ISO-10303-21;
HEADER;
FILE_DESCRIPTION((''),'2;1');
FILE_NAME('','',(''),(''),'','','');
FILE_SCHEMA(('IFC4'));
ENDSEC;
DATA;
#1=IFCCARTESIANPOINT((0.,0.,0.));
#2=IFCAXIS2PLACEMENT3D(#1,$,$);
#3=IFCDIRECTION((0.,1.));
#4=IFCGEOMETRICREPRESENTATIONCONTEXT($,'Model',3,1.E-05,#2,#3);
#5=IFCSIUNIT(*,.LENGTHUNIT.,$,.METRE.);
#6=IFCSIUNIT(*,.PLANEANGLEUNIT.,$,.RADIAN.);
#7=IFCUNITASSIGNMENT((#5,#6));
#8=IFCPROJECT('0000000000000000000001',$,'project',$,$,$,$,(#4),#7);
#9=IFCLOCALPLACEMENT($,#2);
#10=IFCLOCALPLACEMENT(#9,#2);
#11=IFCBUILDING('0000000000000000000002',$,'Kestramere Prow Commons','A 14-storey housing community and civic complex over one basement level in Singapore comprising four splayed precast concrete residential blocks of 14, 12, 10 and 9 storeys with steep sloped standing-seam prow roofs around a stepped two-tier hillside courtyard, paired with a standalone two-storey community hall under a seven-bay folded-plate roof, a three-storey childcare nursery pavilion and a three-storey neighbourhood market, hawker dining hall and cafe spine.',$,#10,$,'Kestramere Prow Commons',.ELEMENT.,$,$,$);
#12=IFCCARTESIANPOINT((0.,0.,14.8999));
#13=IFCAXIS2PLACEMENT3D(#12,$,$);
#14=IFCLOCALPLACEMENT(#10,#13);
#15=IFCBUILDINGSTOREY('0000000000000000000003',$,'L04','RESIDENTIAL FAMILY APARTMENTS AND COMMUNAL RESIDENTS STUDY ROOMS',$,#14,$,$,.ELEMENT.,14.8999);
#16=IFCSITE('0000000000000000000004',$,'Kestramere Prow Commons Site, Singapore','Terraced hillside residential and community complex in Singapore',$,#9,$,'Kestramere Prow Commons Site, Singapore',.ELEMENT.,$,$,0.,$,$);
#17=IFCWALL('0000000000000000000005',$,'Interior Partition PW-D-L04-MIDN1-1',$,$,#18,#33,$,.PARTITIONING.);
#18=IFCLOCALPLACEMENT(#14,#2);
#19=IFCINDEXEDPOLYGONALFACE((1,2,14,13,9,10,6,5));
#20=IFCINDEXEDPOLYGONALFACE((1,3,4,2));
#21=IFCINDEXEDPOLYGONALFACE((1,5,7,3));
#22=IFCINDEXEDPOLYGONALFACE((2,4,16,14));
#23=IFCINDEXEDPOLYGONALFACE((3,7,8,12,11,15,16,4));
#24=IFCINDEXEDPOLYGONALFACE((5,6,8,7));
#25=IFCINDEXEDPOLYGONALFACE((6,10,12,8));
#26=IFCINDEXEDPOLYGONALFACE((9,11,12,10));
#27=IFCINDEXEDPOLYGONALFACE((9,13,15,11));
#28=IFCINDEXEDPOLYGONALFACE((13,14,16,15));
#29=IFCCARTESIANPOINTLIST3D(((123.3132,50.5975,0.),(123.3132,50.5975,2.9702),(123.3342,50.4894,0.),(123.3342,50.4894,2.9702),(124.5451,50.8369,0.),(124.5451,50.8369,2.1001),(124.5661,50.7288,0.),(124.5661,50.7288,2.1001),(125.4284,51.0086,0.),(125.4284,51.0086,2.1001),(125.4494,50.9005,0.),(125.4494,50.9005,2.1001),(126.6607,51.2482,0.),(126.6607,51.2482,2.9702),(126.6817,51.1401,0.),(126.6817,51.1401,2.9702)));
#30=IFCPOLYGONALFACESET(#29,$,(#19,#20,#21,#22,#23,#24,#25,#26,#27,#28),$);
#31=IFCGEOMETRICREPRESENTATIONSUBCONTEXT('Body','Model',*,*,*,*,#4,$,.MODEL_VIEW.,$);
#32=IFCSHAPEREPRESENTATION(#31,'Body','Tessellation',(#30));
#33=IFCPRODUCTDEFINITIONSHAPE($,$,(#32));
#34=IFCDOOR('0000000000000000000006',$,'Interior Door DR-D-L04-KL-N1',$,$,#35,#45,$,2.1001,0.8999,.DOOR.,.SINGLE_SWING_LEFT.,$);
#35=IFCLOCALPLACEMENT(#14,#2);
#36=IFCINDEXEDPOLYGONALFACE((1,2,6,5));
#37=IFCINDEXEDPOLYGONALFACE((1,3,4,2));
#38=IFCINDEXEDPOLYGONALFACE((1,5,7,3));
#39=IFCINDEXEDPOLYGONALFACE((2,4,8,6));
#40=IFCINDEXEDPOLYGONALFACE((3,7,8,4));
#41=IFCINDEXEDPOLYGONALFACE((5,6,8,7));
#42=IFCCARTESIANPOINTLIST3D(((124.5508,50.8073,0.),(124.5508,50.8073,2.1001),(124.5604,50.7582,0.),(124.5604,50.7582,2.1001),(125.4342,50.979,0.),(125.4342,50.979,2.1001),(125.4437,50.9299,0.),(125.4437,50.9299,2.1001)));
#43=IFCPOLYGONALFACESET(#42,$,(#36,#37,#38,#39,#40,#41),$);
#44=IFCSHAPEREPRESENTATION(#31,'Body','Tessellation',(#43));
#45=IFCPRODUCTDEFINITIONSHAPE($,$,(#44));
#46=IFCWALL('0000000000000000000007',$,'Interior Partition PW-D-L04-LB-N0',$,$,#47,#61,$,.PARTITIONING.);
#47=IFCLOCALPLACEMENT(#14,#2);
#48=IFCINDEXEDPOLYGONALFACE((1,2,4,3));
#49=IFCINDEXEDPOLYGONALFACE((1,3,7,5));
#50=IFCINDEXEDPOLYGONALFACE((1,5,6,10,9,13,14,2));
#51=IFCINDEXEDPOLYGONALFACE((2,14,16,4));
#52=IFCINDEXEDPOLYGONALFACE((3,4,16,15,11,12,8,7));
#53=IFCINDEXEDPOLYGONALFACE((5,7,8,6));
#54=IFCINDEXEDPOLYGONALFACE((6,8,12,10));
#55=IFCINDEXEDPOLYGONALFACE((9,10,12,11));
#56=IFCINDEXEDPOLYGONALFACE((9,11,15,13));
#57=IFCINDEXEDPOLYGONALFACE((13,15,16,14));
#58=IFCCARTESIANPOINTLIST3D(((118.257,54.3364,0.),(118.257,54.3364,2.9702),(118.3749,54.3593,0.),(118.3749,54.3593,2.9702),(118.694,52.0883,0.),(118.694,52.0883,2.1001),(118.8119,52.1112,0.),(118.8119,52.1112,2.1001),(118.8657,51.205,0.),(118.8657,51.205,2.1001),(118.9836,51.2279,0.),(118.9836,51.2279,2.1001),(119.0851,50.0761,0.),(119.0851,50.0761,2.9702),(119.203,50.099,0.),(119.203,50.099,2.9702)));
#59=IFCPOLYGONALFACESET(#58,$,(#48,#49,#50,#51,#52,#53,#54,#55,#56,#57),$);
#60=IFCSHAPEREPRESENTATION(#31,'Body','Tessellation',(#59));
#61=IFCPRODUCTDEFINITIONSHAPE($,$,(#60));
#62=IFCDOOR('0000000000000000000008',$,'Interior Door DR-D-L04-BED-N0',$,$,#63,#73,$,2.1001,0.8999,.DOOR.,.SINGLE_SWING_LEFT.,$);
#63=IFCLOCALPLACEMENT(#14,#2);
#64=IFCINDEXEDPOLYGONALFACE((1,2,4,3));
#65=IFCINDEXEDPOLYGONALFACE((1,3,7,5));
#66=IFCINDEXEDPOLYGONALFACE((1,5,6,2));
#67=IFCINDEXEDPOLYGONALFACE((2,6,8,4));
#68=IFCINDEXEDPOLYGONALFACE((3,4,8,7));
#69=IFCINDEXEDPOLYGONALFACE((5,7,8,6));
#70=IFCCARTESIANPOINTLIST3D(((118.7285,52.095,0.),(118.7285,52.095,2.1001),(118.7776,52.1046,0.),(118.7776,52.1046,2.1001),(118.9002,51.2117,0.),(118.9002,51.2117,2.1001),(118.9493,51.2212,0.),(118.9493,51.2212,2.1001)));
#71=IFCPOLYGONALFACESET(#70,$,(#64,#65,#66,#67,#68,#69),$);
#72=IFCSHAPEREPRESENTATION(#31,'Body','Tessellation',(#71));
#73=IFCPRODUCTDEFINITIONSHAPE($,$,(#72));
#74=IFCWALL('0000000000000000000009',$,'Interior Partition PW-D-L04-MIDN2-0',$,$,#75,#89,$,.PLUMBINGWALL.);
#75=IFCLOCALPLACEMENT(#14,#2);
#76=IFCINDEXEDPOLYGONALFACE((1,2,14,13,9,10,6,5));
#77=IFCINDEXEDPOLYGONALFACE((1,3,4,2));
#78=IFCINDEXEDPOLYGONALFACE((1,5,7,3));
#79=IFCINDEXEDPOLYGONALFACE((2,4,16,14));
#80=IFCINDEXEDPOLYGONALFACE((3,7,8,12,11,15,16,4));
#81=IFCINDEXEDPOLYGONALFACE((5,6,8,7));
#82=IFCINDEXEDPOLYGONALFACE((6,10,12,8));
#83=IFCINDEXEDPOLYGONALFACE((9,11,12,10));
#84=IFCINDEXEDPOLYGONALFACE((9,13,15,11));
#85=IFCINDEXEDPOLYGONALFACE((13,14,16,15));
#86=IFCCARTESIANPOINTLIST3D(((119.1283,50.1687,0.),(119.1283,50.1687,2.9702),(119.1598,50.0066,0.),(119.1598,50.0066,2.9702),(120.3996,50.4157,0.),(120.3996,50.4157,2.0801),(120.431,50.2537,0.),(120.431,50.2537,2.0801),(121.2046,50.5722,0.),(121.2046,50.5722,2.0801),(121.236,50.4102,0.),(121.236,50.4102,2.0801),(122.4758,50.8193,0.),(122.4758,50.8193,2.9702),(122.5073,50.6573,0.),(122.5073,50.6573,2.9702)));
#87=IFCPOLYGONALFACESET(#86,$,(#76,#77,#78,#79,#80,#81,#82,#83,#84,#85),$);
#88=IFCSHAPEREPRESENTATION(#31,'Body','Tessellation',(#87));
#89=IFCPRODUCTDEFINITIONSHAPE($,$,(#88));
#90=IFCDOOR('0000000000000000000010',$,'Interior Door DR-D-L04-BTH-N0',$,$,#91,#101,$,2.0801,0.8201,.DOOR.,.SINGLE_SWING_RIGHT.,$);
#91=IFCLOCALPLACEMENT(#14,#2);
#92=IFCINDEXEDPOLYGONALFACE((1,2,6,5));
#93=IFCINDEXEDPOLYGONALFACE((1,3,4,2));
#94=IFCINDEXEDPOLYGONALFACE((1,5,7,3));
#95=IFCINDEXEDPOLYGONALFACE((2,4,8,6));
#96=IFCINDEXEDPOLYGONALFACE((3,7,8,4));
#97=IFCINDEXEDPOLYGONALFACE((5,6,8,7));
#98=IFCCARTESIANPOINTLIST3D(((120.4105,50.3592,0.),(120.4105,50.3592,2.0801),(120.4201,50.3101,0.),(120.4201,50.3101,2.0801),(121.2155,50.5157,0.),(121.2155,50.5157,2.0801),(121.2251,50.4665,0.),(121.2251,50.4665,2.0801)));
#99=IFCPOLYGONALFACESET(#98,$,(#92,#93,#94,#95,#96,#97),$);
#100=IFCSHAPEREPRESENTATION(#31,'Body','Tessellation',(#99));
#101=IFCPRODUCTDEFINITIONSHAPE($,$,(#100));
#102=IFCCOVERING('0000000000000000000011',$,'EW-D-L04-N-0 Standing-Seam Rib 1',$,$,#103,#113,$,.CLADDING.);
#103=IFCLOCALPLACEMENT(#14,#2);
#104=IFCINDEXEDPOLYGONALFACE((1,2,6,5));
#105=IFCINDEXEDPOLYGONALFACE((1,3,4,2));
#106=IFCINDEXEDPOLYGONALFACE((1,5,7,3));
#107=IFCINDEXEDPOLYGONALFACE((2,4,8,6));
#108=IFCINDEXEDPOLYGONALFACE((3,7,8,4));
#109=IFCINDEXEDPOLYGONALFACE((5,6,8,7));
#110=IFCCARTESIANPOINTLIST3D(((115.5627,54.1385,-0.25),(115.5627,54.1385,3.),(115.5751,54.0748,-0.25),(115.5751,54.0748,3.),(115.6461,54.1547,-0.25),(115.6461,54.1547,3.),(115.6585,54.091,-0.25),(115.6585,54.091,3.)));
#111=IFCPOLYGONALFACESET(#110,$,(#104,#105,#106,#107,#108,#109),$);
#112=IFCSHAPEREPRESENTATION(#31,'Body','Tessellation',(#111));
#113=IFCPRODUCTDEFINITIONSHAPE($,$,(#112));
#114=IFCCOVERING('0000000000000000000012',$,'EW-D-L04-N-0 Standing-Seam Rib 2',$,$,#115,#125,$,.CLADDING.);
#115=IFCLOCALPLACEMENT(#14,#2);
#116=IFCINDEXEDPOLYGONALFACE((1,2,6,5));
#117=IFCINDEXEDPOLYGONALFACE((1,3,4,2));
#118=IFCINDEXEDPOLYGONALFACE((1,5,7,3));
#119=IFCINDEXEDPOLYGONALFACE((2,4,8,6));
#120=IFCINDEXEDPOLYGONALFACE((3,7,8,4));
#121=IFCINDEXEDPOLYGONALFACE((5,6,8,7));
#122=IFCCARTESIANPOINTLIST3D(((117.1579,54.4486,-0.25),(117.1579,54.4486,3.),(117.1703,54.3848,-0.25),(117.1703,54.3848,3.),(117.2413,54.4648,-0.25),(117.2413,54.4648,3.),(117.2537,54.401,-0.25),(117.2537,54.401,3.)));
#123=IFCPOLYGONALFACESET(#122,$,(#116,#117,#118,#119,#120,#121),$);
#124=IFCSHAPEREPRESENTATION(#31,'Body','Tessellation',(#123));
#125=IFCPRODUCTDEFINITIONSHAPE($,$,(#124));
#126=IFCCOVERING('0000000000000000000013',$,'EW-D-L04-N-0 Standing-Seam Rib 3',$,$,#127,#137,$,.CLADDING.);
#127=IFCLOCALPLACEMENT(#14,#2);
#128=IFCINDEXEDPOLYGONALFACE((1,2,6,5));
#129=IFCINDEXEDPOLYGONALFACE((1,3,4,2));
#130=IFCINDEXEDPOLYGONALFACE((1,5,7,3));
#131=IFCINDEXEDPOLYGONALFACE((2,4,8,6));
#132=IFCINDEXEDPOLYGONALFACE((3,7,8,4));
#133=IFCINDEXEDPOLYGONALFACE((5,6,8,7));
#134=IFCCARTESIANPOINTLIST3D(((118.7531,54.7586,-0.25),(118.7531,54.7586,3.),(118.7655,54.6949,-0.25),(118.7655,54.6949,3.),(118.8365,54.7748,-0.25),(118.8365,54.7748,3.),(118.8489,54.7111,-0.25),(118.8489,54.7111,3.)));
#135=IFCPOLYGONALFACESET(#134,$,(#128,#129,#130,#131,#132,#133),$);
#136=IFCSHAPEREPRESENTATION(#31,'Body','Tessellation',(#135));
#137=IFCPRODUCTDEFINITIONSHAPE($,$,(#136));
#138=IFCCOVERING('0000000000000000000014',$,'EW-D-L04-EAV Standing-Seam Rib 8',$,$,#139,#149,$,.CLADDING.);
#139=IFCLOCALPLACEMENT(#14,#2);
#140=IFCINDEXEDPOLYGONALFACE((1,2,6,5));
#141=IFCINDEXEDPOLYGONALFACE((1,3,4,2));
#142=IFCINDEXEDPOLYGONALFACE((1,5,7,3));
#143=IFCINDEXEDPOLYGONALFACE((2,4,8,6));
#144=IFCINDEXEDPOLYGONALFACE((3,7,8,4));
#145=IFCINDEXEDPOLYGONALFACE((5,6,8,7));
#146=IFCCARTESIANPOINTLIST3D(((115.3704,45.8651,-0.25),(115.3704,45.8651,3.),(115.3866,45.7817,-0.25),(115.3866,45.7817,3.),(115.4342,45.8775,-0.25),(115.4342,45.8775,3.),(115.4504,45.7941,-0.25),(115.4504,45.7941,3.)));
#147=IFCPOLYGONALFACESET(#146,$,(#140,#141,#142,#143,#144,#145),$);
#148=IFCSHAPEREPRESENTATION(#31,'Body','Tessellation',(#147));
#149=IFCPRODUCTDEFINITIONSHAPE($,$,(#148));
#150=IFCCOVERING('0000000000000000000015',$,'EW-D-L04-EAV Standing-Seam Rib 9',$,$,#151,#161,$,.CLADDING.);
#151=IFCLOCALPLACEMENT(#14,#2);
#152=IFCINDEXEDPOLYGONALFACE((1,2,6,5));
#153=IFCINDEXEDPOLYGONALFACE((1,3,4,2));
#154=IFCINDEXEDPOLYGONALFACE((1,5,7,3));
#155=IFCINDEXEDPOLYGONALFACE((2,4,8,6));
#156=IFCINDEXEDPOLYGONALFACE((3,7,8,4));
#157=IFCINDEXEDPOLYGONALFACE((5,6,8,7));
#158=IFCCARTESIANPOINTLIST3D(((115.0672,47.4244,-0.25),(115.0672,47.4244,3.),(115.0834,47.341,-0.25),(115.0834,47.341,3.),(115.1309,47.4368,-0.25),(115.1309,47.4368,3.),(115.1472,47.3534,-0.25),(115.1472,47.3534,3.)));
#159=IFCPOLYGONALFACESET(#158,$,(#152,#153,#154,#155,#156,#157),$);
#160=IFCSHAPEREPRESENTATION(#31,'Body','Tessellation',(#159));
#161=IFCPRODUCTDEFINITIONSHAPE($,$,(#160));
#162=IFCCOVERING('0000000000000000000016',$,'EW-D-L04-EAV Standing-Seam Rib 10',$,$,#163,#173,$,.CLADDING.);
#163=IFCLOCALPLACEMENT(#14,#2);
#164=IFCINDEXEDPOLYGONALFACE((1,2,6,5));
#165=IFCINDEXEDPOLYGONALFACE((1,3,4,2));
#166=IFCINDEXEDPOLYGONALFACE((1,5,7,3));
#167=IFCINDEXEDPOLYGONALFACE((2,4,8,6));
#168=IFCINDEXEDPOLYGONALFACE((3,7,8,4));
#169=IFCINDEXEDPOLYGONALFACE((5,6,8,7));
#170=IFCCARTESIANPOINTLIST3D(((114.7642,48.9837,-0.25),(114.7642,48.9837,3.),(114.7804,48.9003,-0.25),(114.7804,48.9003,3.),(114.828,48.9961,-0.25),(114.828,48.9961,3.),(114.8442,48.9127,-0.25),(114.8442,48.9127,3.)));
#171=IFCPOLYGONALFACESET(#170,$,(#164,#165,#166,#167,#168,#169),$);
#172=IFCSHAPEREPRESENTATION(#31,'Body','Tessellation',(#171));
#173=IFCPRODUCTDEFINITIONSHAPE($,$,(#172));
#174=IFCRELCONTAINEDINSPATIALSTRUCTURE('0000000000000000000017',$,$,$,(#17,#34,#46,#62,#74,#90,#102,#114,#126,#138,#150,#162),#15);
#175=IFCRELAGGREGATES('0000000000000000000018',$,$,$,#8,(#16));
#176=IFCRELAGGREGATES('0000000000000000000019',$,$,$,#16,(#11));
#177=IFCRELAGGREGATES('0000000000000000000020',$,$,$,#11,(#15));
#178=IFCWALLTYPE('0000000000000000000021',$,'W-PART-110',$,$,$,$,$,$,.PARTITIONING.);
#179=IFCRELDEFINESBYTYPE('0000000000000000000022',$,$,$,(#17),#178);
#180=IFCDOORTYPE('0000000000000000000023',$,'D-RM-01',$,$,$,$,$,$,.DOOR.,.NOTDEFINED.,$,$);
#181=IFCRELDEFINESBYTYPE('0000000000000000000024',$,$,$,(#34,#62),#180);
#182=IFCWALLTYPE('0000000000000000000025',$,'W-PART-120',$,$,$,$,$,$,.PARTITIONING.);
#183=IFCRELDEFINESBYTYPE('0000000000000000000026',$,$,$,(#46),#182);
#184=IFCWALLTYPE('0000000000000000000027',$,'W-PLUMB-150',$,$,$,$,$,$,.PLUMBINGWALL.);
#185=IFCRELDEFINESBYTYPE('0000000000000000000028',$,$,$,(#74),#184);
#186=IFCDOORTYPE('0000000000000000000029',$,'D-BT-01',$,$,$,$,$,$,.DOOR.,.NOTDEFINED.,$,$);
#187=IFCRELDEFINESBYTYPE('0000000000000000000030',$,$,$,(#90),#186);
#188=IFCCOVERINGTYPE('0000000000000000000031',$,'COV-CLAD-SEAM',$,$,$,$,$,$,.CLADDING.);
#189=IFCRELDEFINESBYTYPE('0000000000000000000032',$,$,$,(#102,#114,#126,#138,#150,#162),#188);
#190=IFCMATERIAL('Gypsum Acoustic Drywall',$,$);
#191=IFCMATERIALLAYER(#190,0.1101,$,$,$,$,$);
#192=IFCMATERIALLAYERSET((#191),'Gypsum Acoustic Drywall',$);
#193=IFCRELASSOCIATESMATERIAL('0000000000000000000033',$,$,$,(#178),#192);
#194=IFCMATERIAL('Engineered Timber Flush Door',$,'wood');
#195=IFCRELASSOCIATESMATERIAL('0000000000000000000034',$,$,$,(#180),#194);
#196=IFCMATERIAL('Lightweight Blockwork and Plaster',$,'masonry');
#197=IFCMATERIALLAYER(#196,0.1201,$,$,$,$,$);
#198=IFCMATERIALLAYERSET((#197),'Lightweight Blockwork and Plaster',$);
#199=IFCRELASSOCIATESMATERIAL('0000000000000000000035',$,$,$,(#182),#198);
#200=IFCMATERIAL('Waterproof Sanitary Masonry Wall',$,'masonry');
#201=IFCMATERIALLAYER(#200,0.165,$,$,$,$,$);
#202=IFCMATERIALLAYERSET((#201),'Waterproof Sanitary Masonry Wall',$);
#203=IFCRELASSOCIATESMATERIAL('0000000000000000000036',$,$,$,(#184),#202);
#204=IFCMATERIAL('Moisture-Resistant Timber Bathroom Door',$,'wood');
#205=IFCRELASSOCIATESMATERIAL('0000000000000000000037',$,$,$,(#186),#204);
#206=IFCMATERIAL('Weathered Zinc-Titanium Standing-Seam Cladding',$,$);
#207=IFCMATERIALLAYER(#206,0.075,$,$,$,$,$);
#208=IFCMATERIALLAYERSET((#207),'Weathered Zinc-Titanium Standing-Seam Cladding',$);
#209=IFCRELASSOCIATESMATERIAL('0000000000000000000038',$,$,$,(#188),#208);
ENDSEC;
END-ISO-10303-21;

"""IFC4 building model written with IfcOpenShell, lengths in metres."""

from ifc_helpers import new_model, si_unit, direction, frame, frame_2d, origin, origin_2d, place, context, subcontext, project, spatial, rectangle, extrude, material, layer, layer_set, type_object, element, fill, save


model = new_model("IFC4")

# Units and contexts
model_context = context("Model", 3, precision=1e-05, world=origin(), true_north=direction((0.0, 1.0)))
body_context = subcontext(model_context, "Body", "Model", "MODEL_VIEW")
ifc_project = project(units=[si_unit("LENGTHUNIT", "METRE"), si_unit("PLANEANGLEUNIT", "RADIAN")], contexts=[model_context])

# Site, building, storey
site_placement = place(None, origin())
site = spatial("IfcSite", under=ifc_project, at=site_placement, Name="Kestramere Prow Commons Site, Singapore", Description="Terraced hillside residential and community complex in Singapore", LongName="Kestramere Prow Commons Site, Singapore", CompositionType="ELEMENT", RefElevation=0.0)
building_placement = place(site_placement, origin())
building = spatial("IfcBuilding", under=site, at=building_placement, Name="Kestramere Prow Commons", Description="A 14-storey housing community and civic complex over one basement level in Singapore comprising four splayed precast concrete residential blocks of 14, 12, 10 and 9 storeys with steep sloped standing-seam prow roofs around a stepped two-tier hillside courtyard, paired with a standalone two-storey community hall under a seven-bay folded-plate roof, a three-storey childcare nursery pavilion and a three-storey neighbourhood market, hawker dining hall and cafe spine.", LongName="Kestramere Prow Commons", CompositionType="ELEMENT")
storey_placement = place(building_placement, frame((0.0, 0.0, 14.8999)))
storey = spatial("IfcBuildingStorey", under=building, at=storey_placement, Name="L04", Description="RESIDENTIAL FAMILY APARTMENTS AND COMMUNAL RESIDENTS STUDY ROOMS", CompositionType="ELEMENT", Elevation=14.8999)

# Walls, openings, doors
ifc_material_1 = material(Name="Gypsum Acoustic Drywall")
ifc_layer_1 = layer(ifc_material_1, 0.1101)
ifc_layer_set_1 = layer_set([ifc_layer_1], Name="Gypsum Acoustic Drywall")
wall_type_1 = type_object("IfcWallType", Name="W-PART-110", PredefinedType="PARTITIONING", material=ifc_layer_set_1)
wall_1_placement = place(storey_placement, frame((123.3237, 50.5435, 0.0), z_axis=(0.0, 0.0, 1.0), x_axis=(0.981629, 0.190799, 0.0)))
wall_1 = element("IfcWall", 1, at=wall_1_placement, inside=storey, type_object=wall_type_1, Name="Interior Partition PW-D-L04-MIDN1-1", PredefinedType="PARTITIONING", context=body_context, shape_type="SweptSolid", body=[
    extrude(rectangle(XDim=3.4102, YDim=0.1101, at=frame_2d((1.7051, 0.0))), origin(), (0.0, 0.0, 1.0), 2.9702),
])
opening_1_placement = place(wall_1_placement, frame((1.2549, 0.0, 0.0)))
opening_1 = element("IfcOpeningElement", 2, at=opening_1_placement, cuts=wall_1, PredefinedType="OPENING", context=body_context, shape_type="SweptSolid", body=[
    extrude(rectangle(XDim=0.8999, YDim=2.1001, at=frame_2d((0.45, 1.05))), frame((0.0, 0.0701, 0.0), z_axis=(0.0, -1.0, 0.0), x_axis=(1.0, 0.0, 0.0)), (0.0, 0.0, 1.0), 0.1401),
])
ifc_material_2 = material(Name="Engineered Timber Flush Door", Category="wood")
door_type_1 = type_object("IfcDoorType", Name="D-RM-01", OperationType="NOTDEFINED", PredefinedType="DOOR", material=ifc_material_2)
door_1_placement = place(opening_1_placement, origin())
door_1 = element("IfcDoor", 3, at=door_1_placement, inside=storey, type_object=door_type_1, Name="Interior Door DR-D-L04-KL-N1", OperationType="SINGLE_SWING_LEFT", OverallHeight=2.1001, OverallWidth=0.8999, PredefinedType="DOOR", context=body_context, shape_type="SweptSolid", body=[
    extrude(rectangle(XDim=0.8999, YDim=2.1001, at=frame_2d((0.45, 1.05))), frame((0.0, 0.0249, 0.0), z_axis=(0.0, -1.0, 0.0), x_axis=(1.0, 0.0, 0.0)), (0.0, 0.0, 1.0), 0.05),
])
fill(opening_1, door_1)
ifc_material_3 = material(Name="Lightweight Blockwork and Plaster", Category="masonry")
ifc_layer_2 = layer(ifc_material_3, 0.1201)
ifc_layer_set_2 = layer_set([ifc_layer_2], Name="Lightweight Blockwork and Plaster")
wall_type_2 = type_object("IfcWallType", Name="W-PART-120", PredefinedType="PARTITIONING", material=ifc_layer_set_2)
wall_2_placement = place(storey_placement, frame((119.144, 50.0876, 0.0), z_axis=(0.0, 0.0, 1.0), x_axis=(-0.190812, 0.981627, 0.0)))
wall_2 = element("IfcWall", 4, at=wall_2_placement, inside=storey, type_object=wall_type_2, Name="Interior Partition PW-D-L04-LB-N0", PredefinedType="PARTITIONING", context=body_context, shape_type="SweptSolid", body=[
    extrude(rectangle(XDim=4.3401, YDim=0.1201, at=frame_2d((2.1699, 0.0))), origin(), (0.0, 0.0, 1.0), 2.9702),
])
opening_2_placement = place(wall_2_placement, frame((1.1499, 0.0, 0.0)))
opening_2 = element("IfcOpeningElement", 5, at=opening_2_placement, cuts=wall_2, PredefinedType="OPENING", context=body_context, shape_type="SweptSolid", body=[
    extrude(rectangle(XDim=0.8999, YDim=2.1001, at=frame_2d((0.45, 1.05))), frame((0.0, 0.075, 0.0), z_axis=(0.0, -1.0, 0.0), x_axis=(1.0, 0.0, 0.0)), (0.0, 0.0, 1.0), 0.1501),
])
door_2_placement = place(opening_2_placement, origin())
door_2 = element("IfcDoor", 6, at=door_2_placement, inside=storey, type_object=door_type_1, Name="Interior Door DR-D-L04-BED-N0", OperationType="SINGLE_SWING_LEFT", OverallHeight=2.1001, OverallWidth=0.8999, PredefinedType="DOOR", context=body_context, shape_type="SweptSolid", body=[
    extrude(rectangle(XDim=0.8999, YDim=2.1001, at=frame_2d((0.45, 1.05))), frame((0.0, 0.0249, 0.0), z_axis=(0.0, -1.0, 0.0), x_axis=(1.0, 0.0, 0.0)), (0.0, 0.0, 1.0), 0.05),
])
fill(opening_2, door_2)
ifc_material_4 = material(Name="Waterproof Sanitary Masonry Wall", Category="masonry")
ifc_layer_3 = layer(ifc_material_4, 0.165)
ifc_layer_set_3 = layer_set([ifc_layer_3], Name="Waterproof Sanitary Masonry Wall")
wall_type_3 = type_object("IfcWallType", Name="W-PLUMB-150", PredefinedType="PLUMBINGWALL", material=ifc_layer_set_3)
wall_3_placement = place(storey_placement, frame((119.144, 50.0876, 0.0), z_axis=(0.0, 0.0, 1.0), x_axis=(0.981629, 0.190799, 0.0)))
wall_3 = element("IfcWall", 7, at=wall_3_placement, inside=storey, type_object=wall_type_3, Name="Interior Partition PW-D-L04-MIDN2-0", PredefinedType="PLUMBINGWALL", context=body_context, shape_type="SweptSolid", body=[
    extrude(rectangle(XDim=3.4102, YDim=0.165, at=frame_2d((1.7051, 0.0))), origin(), (0.0, 0.0, 1.0), 2.9702),
])
opening_3_placement = place(wall_3_placement, frame((1.2949, 0.0, 0.0)))
opening_3 = element("IfcOpeningElement", 8, at=opening_3_placement, cuts=wall_3, PredefinedType="OPENING", context=body_context, shape_type="SweptSolid", body=[
    extrude(rectangle(XDim=0.8201, YDim=2.0801, at=frame_2d((0.4102, 1.04))), frame((0.0, 0.0974, 0.0), z_axis=(0.0, -1.0, 0.0), x_axis=(1.0, 0.0, 0.0)), (0.0, 0.0, 1.0), 0.1951),
])
ifc_material_5 = material(Name="Moisture-Resistant Timber Bathroom Door", Category="wood")
door_type_2 = type_object("IfcDoorType", Name="D-BT-01", OperationType="NOTDEFINED", PredefinedType="DOOR", material=ifc_material_5)
door_3_placement = place(opening_3_placement, origin())
door_3 = element("IfcDoor", 9, at=door_3_placement, inside=storey, type_object=door_type_2, Name="Interior Door DR-D-L04-BTH-N0", OperationType="SINGLE_SWING_RIGHT", OverallHeight=2.0801, OverallWidth=0.8201, PredefinedType="DOOR", context=body_context, shape_type="SweptSolid", body=[
    extrude(rectangle(XDim=0.8201, YDim=2.0801, at=frame_2d((0.4102, 1.04))), frame((0.0, 0.0249, 0.0), z_axis=(0.0, -1.0, 0.0), x_axis=(1.0, 0.0, 0.0)), (0.0, 0.0, 1.0), 0.05),
])
fill(opening_3, door_3)

# Coverings
ifc_material_6 = material(Name="Weathered Zinc-Titanium Standing-Seam Cladding")
ifc_layer_4 = layer(ifc_material_6, 0.075)
ifc_layer_set_4 = layer_set([ifc_layer_4], Name="Weathered Zinc-Titanium Standing-Seam Cladding")
covering_type = type_object("IfcCoveringType", Name="COV-CLAD-SEAM", PredefinedType="CLADDING", material=ifc_layer_set_4)
for number, where, z_axis, x_axis, name in (
    (10, (115.6106, 54.1147, -0.25), (0.0, 0.0, 1.0), (0.981627, 0.190809, 0.0), "EW-D-L04-N-0 Standing-Seam Rib 1"),
    (11, (117.2058, 54.4248, -0.25), (0.0, 0.0, 1.0), (0.981627, 0.190809, 0.0), "EW-D-L04-N-0 Standing-Seam Rib 2"),
    (12, (118.801, 54.7349, -0.25), (0.0, 0.0, 1.0), (0.981627, 0.190809, 0.0), "EW-D-L04-N-0 Standing-Seam Rib 3"),
    (13, (115.4104, 45.8296, -0.25), (0.0, 0.0, 1.0), (-0.190809, 0.981627, 0.0), "EW-D-L04-EAV Standing-Seam Rib 8"),
    (14, (115.1072, 47.3889, -0.25), (0.0, 0.0, 1.0), (-0.190809, 0.981627, 0.0), "EW-D-L04-EAV Standing-Seam Rib 9"),
    (15, (114.8042, 48.9482, -0.25), (0.0, 0.0, 1.0), (-0.190809, 0.981627, 0.0), "EW-D-L04-EAV Standing-Seam Rib 10"),
):
    element("IfcCovering", number, at=place(storey_placement, frame(where, z_axis=z_axis, x_axis=x_axis)), inside=storey, type_object=covering_type, Name=name, PredefinedType="CLADDING", context=body_context, shape_type="SweptSolid", body=[
        extrude(rectangle(XDim=0.085, YDim=0.0649, at=origin_2d()), origin(), (0.0, 0.0, 1.0), 3.25),
    ])

save(model, "model.ifc")
